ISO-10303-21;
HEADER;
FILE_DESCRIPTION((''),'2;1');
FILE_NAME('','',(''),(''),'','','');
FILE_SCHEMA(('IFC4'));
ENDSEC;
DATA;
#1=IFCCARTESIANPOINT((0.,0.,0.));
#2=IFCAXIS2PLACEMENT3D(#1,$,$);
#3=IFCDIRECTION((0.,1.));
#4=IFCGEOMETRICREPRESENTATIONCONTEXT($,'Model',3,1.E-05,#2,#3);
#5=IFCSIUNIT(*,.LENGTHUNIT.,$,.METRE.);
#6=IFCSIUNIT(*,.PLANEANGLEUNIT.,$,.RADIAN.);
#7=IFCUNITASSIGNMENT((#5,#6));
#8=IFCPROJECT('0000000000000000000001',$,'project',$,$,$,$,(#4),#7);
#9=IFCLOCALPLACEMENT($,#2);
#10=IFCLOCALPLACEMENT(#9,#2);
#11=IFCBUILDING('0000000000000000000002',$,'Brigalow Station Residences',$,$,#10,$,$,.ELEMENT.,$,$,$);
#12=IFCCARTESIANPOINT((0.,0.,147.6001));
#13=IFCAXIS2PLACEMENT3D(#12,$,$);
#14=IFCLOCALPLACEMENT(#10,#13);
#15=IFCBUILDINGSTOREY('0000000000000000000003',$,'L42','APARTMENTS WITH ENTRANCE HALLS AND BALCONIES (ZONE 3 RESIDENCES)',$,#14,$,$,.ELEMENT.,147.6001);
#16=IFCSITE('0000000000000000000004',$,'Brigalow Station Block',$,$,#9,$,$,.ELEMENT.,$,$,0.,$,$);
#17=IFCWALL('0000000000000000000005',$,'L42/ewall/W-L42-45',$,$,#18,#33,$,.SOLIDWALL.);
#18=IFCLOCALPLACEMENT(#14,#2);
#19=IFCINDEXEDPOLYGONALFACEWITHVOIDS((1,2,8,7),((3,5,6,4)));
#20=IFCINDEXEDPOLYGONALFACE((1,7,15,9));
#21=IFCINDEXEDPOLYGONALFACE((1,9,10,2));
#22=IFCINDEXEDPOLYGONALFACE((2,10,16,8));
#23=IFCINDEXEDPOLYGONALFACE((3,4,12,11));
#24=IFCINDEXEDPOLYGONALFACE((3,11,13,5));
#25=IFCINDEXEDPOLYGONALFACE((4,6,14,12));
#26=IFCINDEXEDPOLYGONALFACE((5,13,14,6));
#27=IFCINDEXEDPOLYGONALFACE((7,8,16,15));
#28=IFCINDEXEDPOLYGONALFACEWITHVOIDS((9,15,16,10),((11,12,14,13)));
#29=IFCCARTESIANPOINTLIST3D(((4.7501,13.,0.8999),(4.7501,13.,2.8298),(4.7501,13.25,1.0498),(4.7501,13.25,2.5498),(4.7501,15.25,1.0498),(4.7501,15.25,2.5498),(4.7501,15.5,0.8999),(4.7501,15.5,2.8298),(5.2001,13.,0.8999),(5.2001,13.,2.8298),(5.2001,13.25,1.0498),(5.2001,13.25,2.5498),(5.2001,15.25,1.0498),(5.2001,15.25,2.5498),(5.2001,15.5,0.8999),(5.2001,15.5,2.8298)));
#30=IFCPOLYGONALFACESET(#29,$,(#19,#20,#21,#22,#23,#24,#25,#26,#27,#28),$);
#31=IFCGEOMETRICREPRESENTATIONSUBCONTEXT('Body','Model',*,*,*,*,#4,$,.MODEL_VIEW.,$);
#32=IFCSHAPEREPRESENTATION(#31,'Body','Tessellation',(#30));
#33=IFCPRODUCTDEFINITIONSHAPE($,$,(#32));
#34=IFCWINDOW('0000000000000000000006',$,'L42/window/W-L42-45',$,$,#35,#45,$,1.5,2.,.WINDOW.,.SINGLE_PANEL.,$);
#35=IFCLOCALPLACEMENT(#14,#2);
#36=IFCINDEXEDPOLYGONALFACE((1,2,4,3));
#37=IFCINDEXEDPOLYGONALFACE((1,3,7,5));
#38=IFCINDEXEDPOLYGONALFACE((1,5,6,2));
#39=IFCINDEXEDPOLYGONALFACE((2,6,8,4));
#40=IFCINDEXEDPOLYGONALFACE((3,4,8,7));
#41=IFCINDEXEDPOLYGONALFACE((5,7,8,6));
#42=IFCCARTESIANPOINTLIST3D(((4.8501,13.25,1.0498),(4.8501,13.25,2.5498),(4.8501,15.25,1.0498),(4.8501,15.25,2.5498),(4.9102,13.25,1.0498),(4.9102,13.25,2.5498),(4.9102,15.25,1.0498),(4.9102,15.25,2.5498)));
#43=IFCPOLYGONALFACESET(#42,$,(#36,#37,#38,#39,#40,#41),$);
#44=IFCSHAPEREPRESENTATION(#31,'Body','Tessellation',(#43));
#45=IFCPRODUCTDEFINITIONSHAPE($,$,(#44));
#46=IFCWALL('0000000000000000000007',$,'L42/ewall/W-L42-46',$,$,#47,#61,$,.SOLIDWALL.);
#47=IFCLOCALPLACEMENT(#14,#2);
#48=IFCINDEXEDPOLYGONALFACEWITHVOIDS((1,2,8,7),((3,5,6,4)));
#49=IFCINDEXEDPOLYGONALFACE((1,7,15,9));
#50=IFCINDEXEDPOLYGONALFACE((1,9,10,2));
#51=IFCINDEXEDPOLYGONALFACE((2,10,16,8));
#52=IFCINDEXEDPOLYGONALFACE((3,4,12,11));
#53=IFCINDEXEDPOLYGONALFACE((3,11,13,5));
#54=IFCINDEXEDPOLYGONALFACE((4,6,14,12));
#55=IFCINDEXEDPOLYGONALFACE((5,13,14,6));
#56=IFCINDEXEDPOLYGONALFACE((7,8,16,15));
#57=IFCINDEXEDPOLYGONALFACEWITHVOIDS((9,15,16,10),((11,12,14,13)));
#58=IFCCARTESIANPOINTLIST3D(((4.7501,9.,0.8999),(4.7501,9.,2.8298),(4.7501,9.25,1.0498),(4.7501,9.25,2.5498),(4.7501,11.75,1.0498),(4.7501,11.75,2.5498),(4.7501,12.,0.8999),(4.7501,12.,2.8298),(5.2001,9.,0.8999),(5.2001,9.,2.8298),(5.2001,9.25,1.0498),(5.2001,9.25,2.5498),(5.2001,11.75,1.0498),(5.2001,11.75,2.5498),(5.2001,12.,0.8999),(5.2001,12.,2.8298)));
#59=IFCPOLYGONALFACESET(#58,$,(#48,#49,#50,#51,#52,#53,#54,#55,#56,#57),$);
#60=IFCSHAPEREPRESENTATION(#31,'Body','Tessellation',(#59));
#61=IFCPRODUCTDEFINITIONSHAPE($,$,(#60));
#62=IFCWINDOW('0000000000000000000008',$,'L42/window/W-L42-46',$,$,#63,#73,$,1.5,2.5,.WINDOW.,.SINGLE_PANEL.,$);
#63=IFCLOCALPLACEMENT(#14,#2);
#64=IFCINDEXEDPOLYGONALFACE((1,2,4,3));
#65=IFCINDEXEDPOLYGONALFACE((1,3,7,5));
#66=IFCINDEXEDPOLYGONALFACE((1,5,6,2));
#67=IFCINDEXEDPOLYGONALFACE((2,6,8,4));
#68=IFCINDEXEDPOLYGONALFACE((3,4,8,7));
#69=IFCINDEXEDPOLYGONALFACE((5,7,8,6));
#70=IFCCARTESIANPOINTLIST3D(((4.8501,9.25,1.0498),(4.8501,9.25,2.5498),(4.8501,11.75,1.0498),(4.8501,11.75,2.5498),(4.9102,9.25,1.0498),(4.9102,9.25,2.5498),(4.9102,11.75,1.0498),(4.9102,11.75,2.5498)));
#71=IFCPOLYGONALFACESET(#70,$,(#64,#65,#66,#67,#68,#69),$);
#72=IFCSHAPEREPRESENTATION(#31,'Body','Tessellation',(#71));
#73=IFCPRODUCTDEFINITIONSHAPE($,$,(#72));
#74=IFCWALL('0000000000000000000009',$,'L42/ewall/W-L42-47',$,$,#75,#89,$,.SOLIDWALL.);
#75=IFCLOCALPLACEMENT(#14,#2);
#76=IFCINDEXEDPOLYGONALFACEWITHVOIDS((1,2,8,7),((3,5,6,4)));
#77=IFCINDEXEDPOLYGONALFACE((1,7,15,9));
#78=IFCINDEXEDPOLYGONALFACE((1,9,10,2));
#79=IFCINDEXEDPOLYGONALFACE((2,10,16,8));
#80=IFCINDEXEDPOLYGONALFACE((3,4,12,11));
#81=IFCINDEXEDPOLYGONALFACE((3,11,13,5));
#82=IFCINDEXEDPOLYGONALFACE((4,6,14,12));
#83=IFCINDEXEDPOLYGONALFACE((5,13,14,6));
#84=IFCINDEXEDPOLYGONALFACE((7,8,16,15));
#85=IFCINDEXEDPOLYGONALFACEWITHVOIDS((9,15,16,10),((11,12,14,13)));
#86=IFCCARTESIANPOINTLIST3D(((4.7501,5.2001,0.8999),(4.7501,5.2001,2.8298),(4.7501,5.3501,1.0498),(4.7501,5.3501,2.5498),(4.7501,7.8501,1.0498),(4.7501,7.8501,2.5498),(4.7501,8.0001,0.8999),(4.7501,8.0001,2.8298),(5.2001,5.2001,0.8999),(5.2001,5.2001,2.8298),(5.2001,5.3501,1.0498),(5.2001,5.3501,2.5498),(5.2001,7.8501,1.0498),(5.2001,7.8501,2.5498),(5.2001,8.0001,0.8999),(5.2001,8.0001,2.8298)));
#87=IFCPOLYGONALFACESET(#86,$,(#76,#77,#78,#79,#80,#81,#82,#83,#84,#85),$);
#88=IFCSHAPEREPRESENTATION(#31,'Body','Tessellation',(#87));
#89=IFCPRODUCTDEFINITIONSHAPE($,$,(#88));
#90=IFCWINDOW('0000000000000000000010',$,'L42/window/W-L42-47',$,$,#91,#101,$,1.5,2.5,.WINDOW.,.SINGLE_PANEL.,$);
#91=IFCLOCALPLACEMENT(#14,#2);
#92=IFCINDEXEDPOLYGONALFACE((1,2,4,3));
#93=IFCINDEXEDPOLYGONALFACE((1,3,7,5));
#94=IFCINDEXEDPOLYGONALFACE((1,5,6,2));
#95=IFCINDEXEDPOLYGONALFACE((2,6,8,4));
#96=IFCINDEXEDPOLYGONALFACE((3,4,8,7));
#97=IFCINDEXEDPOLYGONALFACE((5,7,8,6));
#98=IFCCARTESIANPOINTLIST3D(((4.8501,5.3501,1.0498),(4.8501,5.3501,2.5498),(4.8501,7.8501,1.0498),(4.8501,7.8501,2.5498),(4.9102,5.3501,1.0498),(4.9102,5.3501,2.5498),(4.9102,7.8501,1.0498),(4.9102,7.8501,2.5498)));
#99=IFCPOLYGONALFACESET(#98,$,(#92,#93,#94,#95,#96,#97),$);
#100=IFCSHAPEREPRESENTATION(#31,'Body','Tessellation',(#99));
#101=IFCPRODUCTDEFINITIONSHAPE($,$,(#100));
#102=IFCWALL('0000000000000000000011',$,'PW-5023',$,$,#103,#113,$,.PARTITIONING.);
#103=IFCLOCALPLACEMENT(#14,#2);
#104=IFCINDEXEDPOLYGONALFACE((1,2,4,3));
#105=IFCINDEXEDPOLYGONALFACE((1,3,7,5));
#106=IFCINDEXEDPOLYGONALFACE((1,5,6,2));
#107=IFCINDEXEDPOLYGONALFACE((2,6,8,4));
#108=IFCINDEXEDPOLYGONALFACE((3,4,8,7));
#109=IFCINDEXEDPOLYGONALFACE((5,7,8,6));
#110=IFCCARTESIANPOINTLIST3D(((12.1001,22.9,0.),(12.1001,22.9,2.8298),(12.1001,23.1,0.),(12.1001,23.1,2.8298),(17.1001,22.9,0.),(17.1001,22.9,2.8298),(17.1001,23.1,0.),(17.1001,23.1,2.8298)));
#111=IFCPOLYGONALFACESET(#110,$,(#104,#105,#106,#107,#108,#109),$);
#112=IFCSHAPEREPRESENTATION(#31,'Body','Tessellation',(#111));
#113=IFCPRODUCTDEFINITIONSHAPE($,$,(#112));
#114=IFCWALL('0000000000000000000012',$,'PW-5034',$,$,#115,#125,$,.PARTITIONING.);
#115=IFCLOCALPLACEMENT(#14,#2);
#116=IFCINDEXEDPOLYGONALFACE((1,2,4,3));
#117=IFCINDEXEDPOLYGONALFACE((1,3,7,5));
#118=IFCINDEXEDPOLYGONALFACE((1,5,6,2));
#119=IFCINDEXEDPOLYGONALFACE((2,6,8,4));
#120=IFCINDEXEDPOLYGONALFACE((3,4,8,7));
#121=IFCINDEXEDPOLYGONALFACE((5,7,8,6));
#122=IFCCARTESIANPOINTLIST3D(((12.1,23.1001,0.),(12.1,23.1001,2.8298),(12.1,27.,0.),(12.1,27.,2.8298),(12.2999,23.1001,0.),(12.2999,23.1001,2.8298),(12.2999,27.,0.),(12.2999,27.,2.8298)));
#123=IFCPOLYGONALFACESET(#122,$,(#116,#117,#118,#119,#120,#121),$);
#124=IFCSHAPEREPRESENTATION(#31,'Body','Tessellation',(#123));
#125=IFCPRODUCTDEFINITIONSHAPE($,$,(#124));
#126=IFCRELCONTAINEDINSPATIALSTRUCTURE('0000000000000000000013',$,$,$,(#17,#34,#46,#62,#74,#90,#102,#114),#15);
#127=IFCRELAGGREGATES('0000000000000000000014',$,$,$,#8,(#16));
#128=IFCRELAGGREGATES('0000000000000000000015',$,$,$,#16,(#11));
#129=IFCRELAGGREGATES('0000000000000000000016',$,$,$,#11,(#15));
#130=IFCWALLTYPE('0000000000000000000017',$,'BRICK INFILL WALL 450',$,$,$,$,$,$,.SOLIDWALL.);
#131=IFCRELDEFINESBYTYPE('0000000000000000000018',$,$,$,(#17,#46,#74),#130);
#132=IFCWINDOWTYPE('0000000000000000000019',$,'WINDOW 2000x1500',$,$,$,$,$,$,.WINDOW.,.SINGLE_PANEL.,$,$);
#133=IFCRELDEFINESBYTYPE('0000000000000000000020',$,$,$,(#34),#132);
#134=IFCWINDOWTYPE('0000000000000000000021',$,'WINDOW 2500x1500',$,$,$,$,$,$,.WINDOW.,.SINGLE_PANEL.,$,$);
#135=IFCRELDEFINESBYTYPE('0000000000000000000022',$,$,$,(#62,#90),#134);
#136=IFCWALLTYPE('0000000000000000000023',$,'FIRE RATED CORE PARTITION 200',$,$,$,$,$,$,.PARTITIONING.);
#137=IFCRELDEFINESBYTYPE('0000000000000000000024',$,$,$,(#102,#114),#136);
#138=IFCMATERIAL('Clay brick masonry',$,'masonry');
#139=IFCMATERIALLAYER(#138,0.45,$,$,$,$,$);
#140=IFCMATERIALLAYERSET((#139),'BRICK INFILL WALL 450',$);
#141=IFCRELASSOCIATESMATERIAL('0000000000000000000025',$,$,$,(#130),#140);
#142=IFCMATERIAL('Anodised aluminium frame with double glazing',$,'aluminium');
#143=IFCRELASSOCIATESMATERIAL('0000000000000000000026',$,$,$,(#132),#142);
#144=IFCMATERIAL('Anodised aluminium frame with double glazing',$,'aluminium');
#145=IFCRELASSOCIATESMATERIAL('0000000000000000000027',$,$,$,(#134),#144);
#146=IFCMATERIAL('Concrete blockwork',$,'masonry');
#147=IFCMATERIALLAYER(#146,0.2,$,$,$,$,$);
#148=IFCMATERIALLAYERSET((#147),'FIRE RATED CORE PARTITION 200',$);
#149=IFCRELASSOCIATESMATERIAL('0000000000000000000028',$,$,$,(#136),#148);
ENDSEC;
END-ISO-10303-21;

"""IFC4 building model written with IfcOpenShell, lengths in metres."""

from ifc_helpers import new_model, si_unit, direction, frame, frame_2d, origin, place, context, subcontext, project, spatial, rectangle, extrude, material, layer, layer_set, type_object, element, fill, save


model = new_model("IFC4")

# Units and contexts
model_context = context("Model", 3, precision=1e-05, world=origin(), true_north=direction((0.0, 1.0)))
body_context = subcontext(model_context, "Body", "Model", "MODEL_VIEW")
ifc_project = project(units=[si_unit("LENGTHUNIT", "METRE"), si_unit("PLANEANGLEUNIT", "RADIAN")], contexts=[model_context])

# Site, building, storey
site_placement = place(None, origin())
site = spatial("IfcSite", under=ifc_project, at=site_placement, Name="Brigalow Station Block", CompositionType="ELEMENT", RefElevation=0.0)
building_placement = place(site_placement, origin())
building = spatial("IfcBuilding", under=site, at=building_placement, Name="Brigalow Station Residences", CompositionType="ELEMENT")
storey_placement = place(building_placement, frame((0.0, 0.0, 147.6001)))
storey = spatial("IfcBuildingStorey", under=building, at=storey_placement, Name="L42", Description="APARTMENTS WITH ENTRANCE HALLS AND BALCONIES (ZONE 3 RESIDENCES)", CompositionType="ELEMENT", Elevation=147.6001)

# Shared definitions
ifc_material_1 = material(Name="Clay brick masonry", Category="masonry")
ifc_layer_1 = layer(ifc_material_1, 0.45)
ifc_layer_set_1 = layer_set([ifc_layer_1], Name="BRICK INFILL WALL 450")
wall_type_1 = type_object("IfcWallType", Name="BRICK INFILL WALL 450", PredefinedType="SOLIDWALL", material=ifc_layer_set_1)

# Walls, openings, windows
wall_1_placement = place(storey_placement, frame((4.9751, 15.5, 0.8999), z_axis=(0.0, 0.0, 1.0), x_axis=(0.0, -1.0, 0.0)))
wall_1 = element("IfcWall", 1, at=wall_1_placement, inside=storey, type_object=wall_type_1, Name="L42/ewall/W-L42-45", PredefinedType="SOLIDWALL", context=body_context, shape_type="SweptSolid", body=[
    extrude(rectangle(XDim=2.5, YDim=0.45, at=frame_2d((1.25, 0.0))), origin(), (0.0, 0.0, 1.0), 1.9299),
])
opening_1_placement = place(wall_1_placement, frame((0.25, 0.0, 0.1499)))
opening_1 = element("IfcOpeningElement", 2, at=opening_1_placement, cuts=wall_1, PredefinedType="OPENING", context=body_context, shape_type="SweptSolid", body=[
    extrude(rectangle(XDim=2.0, YDim=1.5, at=frame_2d((1.0, 0.75))), frame((0.0, 0.2349, 0.0), z_axis=(0.0, -1.0, 0.0), x_axis=(1.0, 0.0, 0.0)), (0.0, 0.0, 1.0), 0.47),
])
ifc_material_2 = material(Name="Anodised aluminium frame with double glazing", Category="aluminium")
window_type_1 = type_object("IfcWindowType", Name="WINDOW 2000x1500", PartitioningType="SINGLE_PANEL", PredefinedType="WINDOW", material=ifc_material_2)
window_1_placement = place(opening_1_placement, origin())
window_1 = element("IfcWindow", 3, at=window_1_placement, inside=storey, type_object=window_type_1, Name="L42/window/W-L42-45", OverallHeight=1.5, OverallWidth=2.0, PartitioningType="SINGLE_PANEL", PredefinedType="WINDOW", context=body_context, shape_type="SweptSolid", body=[
    extrude(rectangle(XDim=2.0, YDim=1.5, at=frame_2d((1.0, 0.75))), frame((0.0, -0.0649, 0.0), z_axis=(0.0, -1.0, 0.0), x_axis=(1.0, 0.0, 0.0)), (0.0, 0.0, 1.0), 0.0601),
])
fill(opening_1, window_1)
wall_2_placement = place(storey_placement, frame((4.9751, 12.0, 0.8999), z_axis=(0.0, 0.0, 1.0), x_axis=(0.0, -1.0, 0.0)))
wall_2 = element("IfcWall", 4, at=wall_2_placement, inside=storey, type_object=wall_type_1, Name="L42/ewall/W-L42-46", PredefinedType="SOLIDWALL", context=body_context, shape_type="SweptSolid", body=[
    extrude(rectangle(XDim=3.0, YDim=0.45, at=frame_2d((1.5, 0.0))), origin(), (0.0, 0.0, 1.0), 1.9299),
])
opening_2_placement = place(wall_2_placement, frame((0.25, 0.0, 0.1499)))
opening_2 = element("IfcOpeningElement", 5, at=opening_2_placement, cuts=wall_2, PredefinedType="OPENING", context=body_context, shape_type="SweptSolid", body=[
    extrude(rectangle(XDim=2.5, YDim=1.5, at=frame_2d((1.25, 0.75))), frame((0.0, 0.2349, 0.0), z_axis=(0.0, -1.0, 0.0), x_axis=(1.0, 0.0, 0.0)), (0.0, 0.0, 1.0), 0.47),
])
ifc_material_3 = material(Name="Anodised aluminium frame with double glazing", Category="aluminium")
window_type_2 = type_object("IfcWindowType", Name="WINDOW 2500x1500", PartitioningType="SINGLE_PANEL", PredefinedType="WINDOW", material=ifc_material_3)
window_2_placement = place(opening_2_placement, origin())
window_2 = element("IfcWindow", 6, at=window_2_placement, inside=storey, type_object=window_type_2, Name="L42/window/W-L42-46", OverallHeight=1.5, OverallWidth=2.5, PartitioningType="SINGLE_PANEL", PredefinedType="WINDOW", context=body_context, shape_type="SweptSolid", body=[
    extrude(rectangle(XDim=2.5, YDim=1.5, at=frame_2d((1.25, 0.75))), frame((0.0, -0.0649, 0.0), z_axis=(0.0, -1.0, 0.0), x_axis=(1.0, 0.0, 0.0)), (0.0, 0.0, 1.0), 0.0601),
])
fill(opening_2, window_2)
wall_3_placement = place(storey_placement, frame((4.9751, 8.0, 0.8999), z_axis=(0.0, 0.0, 1.0), x_axis=(0.0, -1.0, 0.0)))
wall_3 = element("IfcWall", 7, at=wall_3_placement, inside=storey, type_object=wall_type_1, Name="L42/ewall/W-L42-47", PredefinedType="SOLIDWALL", context=body_context, shape_type="SweptSolid", body=[
    extrude(rectangle(XDim=2.8, YDim=0.45, at=frame_2d((1.3999, 0.0))), origin(), (0.0, 0.0, 1.0), 1.9299),
])
opening_3_placement = place(wall_3_placement, frame((0.1499, 0.0, 0.1499)))
opening_3 = element("IfcOpeningElement", 8, at=opening_3_placement, cuts=wall_3, PredefinedType="OPENING", context=body_context, shape_type="SweptSolid", body=[
    extrude(rectangle(XDim=2.5, YDim=1.5, at=frame_2d((1.25, 0.75))), frame((0.0, 0.2349, 0.0), z_axis=(0.0, -1.0, 0.0), x_axis=(1.0, 0.0, 0.0)), (0.0, 0.0, 1.0), 0.47),
])
window_3_placement = place(opening_3_placement, origin())
window_3 = element("IfcWindow", 9, at=window_3_placement, inside=storey, type_object=window_type_2, Name="L42/window/W-L42-47", OverallHeight=1.5, OverallWidth=2.5, PartitioningType="SINGLE_PANEL", PredefinedType="WINDOW", context=body_context, shape_type="SweptSolid", body=[
    extrude(rectangle(XDim=2.5, YDim=1.5, at=frame_2d((1.25, 0.75))), frame((0.0, -0.0649, 0.0), z_axis=(0.0, -1.0, 0.0), x_axis=(1.0, 0.0, 0.0)), (0.0, 0.0, 1.0), 0.0601),
])
fill(opening_3, window_3)

# Walls
ifc_material_4 = material(Name="Concrete blockwork", Category="masonry")
ifc_layer_2 = layer(ifc_material_4, 0.2)
ifc_layer_set_2 = layer_set([ifc_layer_2], Name="FIRE RATED CORE PARTITION 200")
wall_type_2 = type_object("IfcWallType", Name="FIRE RATED CORE PARTITION 200", PredefinedType="PARTITIONING", material=ifc_layer_set_2)
wall_4_placement = place(storey_placement, frame((12.1001, 23.0, 0.0), z_axis=(0.0, 0.0, 1.0), x_axis=(1.0, 0.0, 0.0)))
element("IfcWall", 10, at=wall_4_placement, inside=storey, type_object=wall_type_2, Name="PW-5023", PredefinedType="PARTITIONING", context=body_context, shape_type="SweptSolid", body=[
    extrude(rectangle(XDim=5.0, YDim=0.2, at=frame_2d((2.5, 0.0))), origin(), (0.0, 0.0, 1.0), 2.8298),
])
wall_5_placement = place(storey_placement, frame((12.2, 23.1001, 0.0), z_axis=(0.0, 0.0, 1.0), x_axis=(0.0, 1.0, 0.0)))
element("IfcWall", 11, at=wall_5_placement, inside=storey, type_object=wall_type_2, Name="PW-5034", PredefinedType="PARTITIONING", context=body_context, shape_type="SweptSolid", body=[
    extrude(rectangle(XDim=3.8999, YDim=0.2, at=frame_2d((1.95, 0.0))), origin(), (0.0, 0.0, 1.0), 2.8298),
])

save(model, "model.ifc")
